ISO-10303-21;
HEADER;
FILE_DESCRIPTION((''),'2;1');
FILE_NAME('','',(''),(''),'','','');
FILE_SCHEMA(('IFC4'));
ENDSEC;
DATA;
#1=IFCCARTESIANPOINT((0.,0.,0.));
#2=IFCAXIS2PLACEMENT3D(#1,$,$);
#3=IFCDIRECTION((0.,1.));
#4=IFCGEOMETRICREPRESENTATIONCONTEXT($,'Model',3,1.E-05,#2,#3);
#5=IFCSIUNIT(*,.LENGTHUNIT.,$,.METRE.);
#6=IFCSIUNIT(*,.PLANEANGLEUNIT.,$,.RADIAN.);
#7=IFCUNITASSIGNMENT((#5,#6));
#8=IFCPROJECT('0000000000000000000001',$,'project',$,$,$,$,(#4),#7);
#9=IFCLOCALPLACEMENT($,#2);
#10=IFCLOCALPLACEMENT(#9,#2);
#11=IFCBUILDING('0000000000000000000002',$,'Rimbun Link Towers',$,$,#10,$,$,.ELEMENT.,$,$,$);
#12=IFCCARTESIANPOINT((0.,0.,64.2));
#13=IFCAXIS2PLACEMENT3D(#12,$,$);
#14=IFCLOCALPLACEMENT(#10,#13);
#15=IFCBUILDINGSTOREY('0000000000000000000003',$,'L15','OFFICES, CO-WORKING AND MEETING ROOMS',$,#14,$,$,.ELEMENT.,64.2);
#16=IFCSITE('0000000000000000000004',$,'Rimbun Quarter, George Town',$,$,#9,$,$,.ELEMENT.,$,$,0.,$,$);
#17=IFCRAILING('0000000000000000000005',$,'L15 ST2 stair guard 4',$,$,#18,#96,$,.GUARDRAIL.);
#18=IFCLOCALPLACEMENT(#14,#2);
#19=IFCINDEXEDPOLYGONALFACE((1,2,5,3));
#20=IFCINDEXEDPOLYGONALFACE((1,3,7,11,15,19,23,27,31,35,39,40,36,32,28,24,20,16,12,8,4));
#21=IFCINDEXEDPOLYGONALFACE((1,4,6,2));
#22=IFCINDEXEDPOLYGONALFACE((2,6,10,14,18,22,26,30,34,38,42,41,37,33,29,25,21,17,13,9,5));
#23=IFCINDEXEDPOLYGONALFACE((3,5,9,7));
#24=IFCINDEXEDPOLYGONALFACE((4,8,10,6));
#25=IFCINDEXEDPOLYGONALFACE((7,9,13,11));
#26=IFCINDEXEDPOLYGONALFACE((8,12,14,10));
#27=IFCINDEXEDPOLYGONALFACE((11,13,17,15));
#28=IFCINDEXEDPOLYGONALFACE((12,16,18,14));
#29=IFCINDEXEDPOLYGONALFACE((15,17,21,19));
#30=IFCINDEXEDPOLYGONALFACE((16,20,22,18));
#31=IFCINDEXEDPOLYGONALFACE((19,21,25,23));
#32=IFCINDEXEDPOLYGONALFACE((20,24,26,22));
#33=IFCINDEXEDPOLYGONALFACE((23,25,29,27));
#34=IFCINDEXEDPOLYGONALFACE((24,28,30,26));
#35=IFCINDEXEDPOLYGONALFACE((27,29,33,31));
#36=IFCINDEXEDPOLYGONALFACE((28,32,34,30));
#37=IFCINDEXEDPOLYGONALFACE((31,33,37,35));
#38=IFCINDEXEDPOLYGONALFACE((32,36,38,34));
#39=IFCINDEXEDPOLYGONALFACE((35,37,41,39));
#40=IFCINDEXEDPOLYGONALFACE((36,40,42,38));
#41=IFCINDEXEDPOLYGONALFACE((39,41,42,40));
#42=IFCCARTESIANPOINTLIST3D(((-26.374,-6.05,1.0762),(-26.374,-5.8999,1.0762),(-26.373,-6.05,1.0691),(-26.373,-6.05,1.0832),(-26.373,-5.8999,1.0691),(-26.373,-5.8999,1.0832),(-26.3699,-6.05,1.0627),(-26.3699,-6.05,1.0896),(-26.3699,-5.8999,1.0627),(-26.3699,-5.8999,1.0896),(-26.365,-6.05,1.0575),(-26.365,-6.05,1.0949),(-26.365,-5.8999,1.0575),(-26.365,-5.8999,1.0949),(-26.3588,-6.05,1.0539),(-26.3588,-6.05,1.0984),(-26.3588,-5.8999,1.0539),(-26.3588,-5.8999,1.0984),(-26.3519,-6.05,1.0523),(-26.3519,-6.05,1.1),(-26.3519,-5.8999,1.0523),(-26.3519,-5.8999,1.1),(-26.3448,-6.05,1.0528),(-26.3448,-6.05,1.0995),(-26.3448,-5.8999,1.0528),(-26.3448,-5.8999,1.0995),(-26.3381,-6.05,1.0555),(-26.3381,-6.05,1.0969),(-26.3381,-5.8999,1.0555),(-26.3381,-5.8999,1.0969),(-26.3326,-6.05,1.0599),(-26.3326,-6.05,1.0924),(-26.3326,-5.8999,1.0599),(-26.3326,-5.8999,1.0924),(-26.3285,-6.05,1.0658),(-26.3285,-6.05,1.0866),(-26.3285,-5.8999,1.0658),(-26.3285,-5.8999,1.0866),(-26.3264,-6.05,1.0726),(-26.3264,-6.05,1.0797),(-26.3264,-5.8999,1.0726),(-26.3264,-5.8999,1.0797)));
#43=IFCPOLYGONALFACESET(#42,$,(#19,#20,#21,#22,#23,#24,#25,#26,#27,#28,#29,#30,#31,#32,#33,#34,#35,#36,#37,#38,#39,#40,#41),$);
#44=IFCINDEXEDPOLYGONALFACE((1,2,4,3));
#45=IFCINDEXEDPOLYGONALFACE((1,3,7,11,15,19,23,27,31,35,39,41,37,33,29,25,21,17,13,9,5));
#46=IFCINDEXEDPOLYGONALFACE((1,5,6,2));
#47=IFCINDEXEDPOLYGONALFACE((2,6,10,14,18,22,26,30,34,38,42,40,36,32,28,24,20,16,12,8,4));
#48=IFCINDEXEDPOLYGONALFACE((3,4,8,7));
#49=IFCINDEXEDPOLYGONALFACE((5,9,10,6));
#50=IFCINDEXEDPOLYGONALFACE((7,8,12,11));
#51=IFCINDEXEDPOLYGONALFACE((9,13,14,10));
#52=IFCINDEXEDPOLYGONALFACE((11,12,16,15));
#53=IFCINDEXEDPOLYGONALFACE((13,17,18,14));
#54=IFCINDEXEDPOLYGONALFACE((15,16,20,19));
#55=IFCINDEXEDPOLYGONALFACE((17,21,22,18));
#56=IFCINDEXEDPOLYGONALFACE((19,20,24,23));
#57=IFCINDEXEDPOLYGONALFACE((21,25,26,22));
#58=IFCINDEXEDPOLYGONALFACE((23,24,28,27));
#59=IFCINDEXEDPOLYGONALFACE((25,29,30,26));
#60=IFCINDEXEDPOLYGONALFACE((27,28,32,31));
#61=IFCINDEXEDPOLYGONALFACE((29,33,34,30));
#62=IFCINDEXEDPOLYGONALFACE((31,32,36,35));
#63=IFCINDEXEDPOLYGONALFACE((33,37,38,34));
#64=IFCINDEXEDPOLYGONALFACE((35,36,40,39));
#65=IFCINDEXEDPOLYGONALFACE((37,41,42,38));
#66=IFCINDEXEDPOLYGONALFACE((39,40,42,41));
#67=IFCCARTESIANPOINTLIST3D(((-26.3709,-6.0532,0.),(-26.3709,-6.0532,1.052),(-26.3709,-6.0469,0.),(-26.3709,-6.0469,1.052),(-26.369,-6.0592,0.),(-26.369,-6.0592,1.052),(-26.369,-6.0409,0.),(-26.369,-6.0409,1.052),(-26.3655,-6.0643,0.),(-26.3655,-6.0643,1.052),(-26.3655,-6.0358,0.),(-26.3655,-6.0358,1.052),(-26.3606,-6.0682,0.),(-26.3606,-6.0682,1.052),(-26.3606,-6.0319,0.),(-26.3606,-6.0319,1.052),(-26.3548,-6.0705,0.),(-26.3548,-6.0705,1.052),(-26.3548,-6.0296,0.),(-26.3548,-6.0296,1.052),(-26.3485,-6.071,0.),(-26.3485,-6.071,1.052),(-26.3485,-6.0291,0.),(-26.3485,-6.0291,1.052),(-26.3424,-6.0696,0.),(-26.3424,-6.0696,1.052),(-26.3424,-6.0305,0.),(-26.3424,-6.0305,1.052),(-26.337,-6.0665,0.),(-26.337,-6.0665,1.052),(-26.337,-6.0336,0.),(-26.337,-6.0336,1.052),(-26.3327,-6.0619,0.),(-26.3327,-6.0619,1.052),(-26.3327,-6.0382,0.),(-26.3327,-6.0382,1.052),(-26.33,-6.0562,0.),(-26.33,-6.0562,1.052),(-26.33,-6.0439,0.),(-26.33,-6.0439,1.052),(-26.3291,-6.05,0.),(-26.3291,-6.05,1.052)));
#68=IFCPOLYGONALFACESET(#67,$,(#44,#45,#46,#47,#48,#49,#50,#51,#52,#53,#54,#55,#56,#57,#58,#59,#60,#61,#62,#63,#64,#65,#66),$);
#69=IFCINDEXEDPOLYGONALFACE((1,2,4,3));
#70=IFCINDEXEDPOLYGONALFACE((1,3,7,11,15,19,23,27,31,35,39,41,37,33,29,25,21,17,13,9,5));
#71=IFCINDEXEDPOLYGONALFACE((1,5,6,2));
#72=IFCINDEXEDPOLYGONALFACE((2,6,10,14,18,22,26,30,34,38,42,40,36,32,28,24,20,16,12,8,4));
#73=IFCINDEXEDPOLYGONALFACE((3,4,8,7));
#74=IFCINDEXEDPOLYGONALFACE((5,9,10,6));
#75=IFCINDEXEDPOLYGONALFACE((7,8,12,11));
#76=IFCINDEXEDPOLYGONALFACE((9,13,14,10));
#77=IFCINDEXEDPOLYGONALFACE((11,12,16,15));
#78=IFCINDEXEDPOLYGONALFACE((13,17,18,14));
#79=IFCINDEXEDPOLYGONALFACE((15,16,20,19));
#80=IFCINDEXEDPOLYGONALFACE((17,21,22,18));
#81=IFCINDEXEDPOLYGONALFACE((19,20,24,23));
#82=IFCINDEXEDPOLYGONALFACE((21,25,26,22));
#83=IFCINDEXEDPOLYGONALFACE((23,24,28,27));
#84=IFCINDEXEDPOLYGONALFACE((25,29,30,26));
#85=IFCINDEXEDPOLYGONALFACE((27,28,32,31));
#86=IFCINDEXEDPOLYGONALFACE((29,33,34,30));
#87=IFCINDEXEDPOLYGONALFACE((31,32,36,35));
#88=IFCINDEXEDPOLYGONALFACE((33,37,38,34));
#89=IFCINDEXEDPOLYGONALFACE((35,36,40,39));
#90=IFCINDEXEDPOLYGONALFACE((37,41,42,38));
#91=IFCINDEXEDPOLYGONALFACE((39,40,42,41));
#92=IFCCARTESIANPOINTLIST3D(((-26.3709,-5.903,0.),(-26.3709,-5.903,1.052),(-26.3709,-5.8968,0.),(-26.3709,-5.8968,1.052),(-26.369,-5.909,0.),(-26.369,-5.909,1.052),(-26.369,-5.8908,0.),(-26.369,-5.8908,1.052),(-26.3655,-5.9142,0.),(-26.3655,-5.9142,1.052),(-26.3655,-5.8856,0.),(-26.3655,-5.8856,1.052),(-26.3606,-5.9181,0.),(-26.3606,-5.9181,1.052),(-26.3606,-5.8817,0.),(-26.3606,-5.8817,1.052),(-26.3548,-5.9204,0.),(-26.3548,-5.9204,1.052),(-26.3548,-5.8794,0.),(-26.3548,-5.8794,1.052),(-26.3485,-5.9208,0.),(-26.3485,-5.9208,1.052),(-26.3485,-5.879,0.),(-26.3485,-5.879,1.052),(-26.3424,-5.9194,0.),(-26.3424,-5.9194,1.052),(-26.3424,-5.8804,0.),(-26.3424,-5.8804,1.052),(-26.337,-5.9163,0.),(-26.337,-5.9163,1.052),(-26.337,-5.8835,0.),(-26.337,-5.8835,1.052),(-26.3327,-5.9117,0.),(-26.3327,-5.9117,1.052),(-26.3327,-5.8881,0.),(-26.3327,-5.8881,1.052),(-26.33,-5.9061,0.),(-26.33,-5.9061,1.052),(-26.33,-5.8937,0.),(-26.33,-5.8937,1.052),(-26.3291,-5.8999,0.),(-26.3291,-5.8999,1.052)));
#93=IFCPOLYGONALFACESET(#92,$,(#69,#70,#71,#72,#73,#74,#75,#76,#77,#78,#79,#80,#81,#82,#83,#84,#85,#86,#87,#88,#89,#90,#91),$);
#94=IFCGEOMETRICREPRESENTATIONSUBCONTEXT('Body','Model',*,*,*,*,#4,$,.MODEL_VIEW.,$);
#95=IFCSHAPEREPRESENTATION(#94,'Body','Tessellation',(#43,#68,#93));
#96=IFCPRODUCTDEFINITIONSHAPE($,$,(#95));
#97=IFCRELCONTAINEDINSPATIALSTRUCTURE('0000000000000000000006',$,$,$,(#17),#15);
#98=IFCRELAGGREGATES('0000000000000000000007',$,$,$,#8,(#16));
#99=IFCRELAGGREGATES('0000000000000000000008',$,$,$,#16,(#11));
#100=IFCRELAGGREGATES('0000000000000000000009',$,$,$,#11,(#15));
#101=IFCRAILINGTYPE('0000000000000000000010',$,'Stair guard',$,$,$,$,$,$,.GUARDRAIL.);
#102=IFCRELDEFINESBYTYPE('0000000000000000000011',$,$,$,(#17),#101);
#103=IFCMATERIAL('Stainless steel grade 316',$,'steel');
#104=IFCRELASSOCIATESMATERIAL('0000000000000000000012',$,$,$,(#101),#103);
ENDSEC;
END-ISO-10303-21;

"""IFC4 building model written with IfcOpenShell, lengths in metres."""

from ifc_helpers import new_model, si_unit, direction, frame, origin, origin_2d, place, context, subcontext, project, spatial, circle, extrude, material, type_object, element, save


model = new_model("IFC4")

# Units and contexts
model_context = context("Model", 3, precision=1e-05, world=origin(), true_north=direction((0.0, 1.0)))
body_context = subcontext(model_context, "Body", "Model", "MODEL_VIEW")
ifc_project = project(units=[si_unit("LENGTHUNIT", "METRE"), si_unit("PLANEANGLEUNIT", "RADIAN")], contexts=[model_context])

# Site, building, storey
site_placement = place(None, origin())
site = spatial("IfcSite", under=ifc_project, at=site_placement, Name="Rimbun Quarter, George Town", CompositionType="ELEMENT", RefElevation=0.0)
building_placement = place(site_placement, origin())
building = spatial("IfcBuilding", under=site, at=building_placement, Name="Rimbun Link Towers", CompositionType="ELEMENT")
storey_placement = place(building_placement, frame((0.0, 0.0, 64.2)))
storey = spatial("IfcBuildingStorey", under=building, at=storey_placement, Name="L15", Description="OFFICES, CO-WORKING AND MEETING ROOMS", CompositionType="ELEMENT", Elevation=64.2)

# Railing
ifc_material_1 = material(Name="Stainless steel grade 316", Category="steel")
railing_type_1 = type_object("IfcRailingType", Name="Stair guard", PredefinedType="GUARDRAIL", material=ifc_material_1)
railing_1_placement = place(storey_placement, frame((-26.3501, -6.05, 0.0)))
element("IfcRailing", 1, at=railing_1_placement, inside=storey, type_object=railing_type_1, Name="L15 ST2 stair guard 4", PredefinedType="GUARDRAIL", context=body_context, shape_type="SweptSolid", body=[
    extrude(circle(Radius=0.0239, at=origin_2d()), frame((0.0, 0.0, 1.0762), z_axis=(0.0, 1.0, 0.0), x_axis=(-1.0, 0.0, 0.0)), (0.0, 0.0, 1.0), 0.1501),
    extrude(circle(Radius=0.021, at=origin_2d()), origin(), (0.0, 0.0, 1.0), 1.052),
    extrude(circle(Radius=0.021, at=origin_2d()), frame((0.0, 0.1501, 0.0)), (0.0, 0.0, 1.0), 1.052),
])

save(model, "model.ifc")
